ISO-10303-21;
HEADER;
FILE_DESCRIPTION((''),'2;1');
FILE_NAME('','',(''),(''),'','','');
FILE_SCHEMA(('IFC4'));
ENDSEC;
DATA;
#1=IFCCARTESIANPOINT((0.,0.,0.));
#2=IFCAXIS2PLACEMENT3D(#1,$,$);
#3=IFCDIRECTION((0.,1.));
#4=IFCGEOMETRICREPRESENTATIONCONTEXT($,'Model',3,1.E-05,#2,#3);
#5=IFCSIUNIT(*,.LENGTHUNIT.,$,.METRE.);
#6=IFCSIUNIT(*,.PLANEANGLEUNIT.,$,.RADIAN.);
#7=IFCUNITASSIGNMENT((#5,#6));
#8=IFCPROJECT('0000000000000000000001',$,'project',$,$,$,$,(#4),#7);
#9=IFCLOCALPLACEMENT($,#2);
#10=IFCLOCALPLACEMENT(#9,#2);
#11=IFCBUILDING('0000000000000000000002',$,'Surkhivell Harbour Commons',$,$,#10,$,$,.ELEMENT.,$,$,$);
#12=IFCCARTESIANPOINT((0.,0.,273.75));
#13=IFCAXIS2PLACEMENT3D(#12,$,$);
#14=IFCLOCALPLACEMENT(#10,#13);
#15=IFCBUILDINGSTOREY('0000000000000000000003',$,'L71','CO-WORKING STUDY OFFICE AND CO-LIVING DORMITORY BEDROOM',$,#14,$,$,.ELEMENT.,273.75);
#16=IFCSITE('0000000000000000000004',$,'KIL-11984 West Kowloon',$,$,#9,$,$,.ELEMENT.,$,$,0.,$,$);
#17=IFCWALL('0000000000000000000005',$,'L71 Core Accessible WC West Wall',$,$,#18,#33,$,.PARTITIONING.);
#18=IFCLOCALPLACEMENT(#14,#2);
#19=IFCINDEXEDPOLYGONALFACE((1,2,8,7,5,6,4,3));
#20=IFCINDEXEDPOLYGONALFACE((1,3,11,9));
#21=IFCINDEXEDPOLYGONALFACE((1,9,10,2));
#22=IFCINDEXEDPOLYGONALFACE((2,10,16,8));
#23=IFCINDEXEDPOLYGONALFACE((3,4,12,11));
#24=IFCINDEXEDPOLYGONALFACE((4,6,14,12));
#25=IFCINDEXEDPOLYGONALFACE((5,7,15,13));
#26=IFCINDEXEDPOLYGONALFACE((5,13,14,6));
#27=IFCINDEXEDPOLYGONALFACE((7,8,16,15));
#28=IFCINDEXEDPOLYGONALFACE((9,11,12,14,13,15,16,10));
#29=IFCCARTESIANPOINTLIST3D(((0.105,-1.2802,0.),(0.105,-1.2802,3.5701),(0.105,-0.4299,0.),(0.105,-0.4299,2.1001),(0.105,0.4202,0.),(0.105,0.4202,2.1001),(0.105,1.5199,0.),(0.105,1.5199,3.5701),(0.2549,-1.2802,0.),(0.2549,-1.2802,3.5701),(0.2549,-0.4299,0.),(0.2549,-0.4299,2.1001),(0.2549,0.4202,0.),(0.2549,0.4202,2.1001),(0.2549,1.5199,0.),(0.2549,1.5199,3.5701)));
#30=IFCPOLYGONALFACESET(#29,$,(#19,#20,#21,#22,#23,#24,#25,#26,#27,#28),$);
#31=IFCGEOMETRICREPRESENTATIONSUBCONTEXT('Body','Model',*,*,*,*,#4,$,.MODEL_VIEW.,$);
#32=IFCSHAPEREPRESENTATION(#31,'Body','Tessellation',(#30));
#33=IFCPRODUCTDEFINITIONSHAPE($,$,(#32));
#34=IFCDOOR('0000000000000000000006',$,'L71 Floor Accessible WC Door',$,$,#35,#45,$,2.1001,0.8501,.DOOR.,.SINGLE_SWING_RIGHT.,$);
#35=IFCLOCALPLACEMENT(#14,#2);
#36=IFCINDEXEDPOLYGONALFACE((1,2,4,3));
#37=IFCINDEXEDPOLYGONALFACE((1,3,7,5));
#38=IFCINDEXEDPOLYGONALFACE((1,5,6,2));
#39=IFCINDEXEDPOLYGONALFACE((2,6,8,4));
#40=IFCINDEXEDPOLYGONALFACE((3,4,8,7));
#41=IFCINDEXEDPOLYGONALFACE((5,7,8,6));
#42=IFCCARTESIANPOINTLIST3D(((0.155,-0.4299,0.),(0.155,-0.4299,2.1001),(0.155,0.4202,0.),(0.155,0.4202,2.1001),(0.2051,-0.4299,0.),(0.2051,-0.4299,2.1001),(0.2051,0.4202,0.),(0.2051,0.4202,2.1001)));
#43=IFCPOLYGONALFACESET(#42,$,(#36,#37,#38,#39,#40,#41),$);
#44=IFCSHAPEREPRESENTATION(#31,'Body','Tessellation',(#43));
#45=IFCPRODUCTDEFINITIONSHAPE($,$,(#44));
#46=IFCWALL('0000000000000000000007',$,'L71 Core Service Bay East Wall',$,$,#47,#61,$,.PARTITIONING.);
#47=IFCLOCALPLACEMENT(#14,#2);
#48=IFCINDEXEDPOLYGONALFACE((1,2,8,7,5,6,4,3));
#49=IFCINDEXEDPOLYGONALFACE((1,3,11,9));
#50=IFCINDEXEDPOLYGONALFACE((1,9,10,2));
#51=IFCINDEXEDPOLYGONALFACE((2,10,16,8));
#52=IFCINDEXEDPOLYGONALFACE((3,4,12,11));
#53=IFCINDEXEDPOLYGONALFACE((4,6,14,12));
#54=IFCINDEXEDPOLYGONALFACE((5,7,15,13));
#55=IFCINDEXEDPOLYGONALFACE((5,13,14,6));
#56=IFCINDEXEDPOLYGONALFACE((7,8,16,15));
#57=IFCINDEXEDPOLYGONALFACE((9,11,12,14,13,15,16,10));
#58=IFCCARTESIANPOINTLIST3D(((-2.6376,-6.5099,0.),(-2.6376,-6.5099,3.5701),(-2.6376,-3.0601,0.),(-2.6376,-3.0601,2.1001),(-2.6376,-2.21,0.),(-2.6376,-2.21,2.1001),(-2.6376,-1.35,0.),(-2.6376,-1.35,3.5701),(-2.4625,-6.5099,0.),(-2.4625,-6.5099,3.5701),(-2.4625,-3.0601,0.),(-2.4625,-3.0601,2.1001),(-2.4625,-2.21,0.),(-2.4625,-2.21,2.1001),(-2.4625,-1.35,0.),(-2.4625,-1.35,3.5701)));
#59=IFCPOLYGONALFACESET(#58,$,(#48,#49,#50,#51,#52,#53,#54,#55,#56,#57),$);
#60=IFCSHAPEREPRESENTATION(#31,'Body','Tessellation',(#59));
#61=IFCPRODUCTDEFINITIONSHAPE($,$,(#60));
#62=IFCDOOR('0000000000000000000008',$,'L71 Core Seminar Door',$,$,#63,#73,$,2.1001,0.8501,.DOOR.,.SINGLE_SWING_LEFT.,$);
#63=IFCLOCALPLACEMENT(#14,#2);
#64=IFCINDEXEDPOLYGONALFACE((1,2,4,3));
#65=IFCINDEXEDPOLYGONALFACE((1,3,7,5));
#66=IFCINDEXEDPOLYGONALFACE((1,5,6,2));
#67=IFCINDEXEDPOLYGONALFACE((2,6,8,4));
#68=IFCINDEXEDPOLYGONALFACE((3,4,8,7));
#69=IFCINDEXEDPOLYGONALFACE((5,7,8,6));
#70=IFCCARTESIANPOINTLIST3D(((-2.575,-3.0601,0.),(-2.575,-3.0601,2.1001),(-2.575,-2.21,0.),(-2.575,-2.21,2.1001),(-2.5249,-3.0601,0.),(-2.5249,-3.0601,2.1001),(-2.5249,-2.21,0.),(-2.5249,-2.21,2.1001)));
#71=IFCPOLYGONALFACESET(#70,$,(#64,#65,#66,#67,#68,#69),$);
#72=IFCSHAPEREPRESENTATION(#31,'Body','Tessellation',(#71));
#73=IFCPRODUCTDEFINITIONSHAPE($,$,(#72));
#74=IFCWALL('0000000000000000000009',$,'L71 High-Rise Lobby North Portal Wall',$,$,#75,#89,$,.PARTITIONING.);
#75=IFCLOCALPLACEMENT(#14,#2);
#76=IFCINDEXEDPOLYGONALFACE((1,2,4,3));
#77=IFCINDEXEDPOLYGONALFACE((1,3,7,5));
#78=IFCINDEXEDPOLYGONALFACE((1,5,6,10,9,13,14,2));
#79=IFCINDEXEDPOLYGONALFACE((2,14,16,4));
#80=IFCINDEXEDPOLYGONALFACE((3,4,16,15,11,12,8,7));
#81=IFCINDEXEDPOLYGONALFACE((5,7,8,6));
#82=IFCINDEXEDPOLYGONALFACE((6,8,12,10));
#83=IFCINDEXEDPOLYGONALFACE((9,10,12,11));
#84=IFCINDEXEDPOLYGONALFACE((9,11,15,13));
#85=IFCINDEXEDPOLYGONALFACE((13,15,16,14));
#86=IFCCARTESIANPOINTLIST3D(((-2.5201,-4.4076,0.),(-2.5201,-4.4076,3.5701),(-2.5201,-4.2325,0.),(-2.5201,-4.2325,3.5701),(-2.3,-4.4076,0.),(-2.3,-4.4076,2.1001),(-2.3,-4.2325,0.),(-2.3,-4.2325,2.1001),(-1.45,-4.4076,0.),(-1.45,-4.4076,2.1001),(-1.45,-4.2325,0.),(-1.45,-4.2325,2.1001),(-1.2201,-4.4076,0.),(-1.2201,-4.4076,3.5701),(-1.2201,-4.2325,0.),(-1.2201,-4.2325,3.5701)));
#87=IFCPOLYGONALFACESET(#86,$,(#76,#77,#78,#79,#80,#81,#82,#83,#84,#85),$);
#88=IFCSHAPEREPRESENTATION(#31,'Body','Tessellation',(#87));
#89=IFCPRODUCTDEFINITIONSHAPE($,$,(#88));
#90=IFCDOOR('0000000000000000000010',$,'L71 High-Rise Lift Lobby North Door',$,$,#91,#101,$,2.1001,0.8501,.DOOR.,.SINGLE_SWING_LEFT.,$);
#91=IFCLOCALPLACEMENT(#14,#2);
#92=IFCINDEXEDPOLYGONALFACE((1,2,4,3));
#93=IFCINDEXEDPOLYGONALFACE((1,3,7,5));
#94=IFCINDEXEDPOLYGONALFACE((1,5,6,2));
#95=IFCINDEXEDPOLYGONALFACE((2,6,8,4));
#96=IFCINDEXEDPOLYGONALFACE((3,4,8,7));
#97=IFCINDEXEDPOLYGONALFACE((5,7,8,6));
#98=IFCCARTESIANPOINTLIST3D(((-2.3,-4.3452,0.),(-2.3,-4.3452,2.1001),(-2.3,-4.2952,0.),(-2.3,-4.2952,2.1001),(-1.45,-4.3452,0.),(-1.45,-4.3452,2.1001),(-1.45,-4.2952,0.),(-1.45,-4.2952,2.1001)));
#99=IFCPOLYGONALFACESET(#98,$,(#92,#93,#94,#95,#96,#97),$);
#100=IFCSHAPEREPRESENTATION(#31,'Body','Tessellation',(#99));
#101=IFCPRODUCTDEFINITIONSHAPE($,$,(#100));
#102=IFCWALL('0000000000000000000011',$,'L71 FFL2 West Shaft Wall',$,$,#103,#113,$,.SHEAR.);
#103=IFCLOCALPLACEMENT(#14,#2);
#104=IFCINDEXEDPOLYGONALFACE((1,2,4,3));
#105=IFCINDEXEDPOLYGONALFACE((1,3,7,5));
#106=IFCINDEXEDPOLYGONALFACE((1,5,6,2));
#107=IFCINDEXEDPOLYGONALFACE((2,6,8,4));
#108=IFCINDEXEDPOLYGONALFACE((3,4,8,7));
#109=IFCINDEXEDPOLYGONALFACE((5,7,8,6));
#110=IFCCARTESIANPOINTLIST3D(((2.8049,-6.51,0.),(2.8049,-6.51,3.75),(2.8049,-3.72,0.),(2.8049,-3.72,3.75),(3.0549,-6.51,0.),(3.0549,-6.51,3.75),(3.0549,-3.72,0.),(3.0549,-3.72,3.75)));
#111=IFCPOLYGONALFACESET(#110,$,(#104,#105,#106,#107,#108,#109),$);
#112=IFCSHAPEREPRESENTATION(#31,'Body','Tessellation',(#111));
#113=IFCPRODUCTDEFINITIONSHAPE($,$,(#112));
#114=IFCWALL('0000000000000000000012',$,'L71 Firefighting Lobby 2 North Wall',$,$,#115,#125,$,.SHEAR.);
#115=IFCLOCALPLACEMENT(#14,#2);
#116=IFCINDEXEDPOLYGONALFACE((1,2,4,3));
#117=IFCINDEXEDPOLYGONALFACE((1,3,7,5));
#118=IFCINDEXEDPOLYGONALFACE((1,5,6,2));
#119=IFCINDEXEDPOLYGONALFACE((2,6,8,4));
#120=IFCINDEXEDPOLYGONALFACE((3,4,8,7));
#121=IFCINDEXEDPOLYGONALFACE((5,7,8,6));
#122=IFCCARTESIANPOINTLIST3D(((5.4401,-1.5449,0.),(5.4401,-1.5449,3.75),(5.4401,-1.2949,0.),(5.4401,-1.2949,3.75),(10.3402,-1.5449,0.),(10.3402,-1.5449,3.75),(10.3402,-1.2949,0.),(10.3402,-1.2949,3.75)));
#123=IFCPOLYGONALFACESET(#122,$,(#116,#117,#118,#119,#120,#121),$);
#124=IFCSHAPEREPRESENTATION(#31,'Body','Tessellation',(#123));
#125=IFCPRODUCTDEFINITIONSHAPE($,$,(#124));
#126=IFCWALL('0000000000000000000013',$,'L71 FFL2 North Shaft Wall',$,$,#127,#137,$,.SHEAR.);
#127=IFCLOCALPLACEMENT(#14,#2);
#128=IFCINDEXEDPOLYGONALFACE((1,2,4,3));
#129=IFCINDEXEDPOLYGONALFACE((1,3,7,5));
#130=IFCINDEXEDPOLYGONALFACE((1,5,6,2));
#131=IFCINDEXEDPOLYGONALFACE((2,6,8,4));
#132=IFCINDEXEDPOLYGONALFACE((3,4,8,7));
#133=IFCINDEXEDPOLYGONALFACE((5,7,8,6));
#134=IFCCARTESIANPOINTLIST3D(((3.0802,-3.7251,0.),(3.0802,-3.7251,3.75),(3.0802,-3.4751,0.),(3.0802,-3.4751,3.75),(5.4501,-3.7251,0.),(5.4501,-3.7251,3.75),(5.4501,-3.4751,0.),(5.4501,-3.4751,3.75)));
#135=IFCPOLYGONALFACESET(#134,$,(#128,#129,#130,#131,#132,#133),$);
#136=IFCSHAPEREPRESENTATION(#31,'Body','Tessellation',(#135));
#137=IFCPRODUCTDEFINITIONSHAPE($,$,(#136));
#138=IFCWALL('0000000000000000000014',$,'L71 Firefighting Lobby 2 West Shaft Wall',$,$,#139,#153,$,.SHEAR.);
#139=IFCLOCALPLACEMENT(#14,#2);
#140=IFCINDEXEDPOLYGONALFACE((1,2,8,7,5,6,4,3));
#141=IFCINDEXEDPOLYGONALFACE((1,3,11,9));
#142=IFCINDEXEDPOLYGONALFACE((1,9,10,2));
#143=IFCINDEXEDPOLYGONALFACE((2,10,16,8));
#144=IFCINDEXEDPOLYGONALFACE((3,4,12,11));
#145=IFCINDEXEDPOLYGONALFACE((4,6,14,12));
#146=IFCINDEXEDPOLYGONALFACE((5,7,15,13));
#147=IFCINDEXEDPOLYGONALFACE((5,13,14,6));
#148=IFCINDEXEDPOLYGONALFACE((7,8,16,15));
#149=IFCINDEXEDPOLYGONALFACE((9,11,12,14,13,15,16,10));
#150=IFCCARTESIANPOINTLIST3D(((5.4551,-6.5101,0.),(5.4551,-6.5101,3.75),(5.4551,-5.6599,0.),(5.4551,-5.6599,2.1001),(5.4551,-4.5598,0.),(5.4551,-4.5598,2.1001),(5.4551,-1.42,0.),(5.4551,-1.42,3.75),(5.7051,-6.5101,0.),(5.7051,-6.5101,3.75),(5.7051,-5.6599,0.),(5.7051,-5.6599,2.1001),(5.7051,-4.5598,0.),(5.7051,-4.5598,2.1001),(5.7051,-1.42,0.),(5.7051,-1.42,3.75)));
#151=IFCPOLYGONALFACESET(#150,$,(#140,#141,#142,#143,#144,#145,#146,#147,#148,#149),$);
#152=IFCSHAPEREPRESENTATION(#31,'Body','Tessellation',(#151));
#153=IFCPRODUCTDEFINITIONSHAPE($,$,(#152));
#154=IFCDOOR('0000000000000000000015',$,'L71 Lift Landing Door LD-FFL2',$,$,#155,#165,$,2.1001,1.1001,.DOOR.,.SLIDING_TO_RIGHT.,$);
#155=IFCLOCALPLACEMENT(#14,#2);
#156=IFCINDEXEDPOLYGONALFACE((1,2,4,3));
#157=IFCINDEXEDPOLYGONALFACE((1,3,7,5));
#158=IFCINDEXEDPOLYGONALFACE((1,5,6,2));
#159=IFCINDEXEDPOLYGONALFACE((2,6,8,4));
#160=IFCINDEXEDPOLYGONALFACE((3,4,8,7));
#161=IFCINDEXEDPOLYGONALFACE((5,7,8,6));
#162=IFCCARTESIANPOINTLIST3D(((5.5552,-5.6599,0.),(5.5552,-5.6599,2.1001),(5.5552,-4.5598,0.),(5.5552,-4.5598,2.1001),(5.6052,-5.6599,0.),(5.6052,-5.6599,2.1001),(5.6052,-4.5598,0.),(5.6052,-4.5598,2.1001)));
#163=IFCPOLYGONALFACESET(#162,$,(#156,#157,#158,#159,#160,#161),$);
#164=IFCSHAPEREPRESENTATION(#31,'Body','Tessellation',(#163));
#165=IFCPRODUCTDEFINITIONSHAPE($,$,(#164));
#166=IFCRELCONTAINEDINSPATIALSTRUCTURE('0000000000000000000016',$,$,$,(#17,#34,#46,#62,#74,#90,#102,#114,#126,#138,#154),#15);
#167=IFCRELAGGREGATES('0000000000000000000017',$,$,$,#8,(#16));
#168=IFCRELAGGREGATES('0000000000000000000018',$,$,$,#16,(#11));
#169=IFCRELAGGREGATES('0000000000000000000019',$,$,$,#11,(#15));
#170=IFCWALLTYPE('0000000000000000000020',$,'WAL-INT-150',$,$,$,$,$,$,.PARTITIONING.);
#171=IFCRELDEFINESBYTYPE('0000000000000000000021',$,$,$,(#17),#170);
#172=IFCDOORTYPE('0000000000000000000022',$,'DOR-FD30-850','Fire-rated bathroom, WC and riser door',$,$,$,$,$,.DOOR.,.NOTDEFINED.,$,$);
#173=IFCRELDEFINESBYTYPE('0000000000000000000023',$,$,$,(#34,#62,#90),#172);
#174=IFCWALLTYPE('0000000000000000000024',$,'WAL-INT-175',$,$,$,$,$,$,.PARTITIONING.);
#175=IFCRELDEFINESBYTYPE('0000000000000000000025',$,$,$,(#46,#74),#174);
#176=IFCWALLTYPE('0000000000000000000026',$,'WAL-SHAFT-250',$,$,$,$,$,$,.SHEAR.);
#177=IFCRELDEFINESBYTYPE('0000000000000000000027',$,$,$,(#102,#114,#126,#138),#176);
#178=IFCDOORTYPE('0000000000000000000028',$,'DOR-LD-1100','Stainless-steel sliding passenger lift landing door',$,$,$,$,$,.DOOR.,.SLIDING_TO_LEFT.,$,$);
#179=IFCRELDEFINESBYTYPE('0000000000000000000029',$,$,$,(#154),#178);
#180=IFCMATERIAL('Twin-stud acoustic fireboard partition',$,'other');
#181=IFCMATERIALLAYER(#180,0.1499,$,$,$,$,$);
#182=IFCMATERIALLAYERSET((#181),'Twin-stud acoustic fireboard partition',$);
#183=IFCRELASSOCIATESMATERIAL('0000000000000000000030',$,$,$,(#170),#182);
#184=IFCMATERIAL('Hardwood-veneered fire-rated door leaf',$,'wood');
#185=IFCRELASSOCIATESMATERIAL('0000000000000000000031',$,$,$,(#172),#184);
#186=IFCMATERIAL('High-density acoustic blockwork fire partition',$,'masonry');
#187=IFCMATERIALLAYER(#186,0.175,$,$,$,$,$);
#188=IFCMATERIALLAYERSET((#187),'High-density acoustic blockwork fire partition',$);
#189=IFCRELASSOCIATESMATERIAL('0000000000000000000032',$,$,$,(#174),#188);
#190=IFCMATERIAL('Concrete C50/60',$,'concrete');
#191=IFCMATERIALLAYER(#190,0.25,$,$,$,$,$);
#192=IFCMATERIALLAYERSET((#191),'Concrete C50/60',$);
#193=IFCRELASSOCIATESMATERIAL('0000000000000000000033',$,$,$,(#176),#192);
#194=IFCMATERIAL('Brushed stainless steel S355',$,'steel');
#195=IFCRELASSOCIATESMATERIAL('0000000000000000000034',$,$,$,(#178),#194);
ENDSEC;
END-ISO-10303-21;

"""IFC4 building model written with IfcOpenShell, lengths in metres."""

from ifc_helpers import new_model, si_unit, direction, frame, frame_2d, origin, place, context, subcontext, project, spatial, rectangle, extrude, material, layer, layer_set, type_object, element, fill, save


model = new_model("IFC4")

# Units and contexts
model_context = context("Model", 3, precision=1e-05, world=origin(), true_north=direction((0.0, 1.0)))
body_context = subcontext(model_context, "Body", "Model", "MODEL_VIEW")
ifc_project = project(units=[si_unit("LENGTHUNIT", "METRE"), si_unit("PLANEANGLEUNIT", "RADIAN")], contexts=[model_context])

# Site, building, storey
site_placement = place(None, origin())
site = spatial("IfcSite", under=ifc_project, at=site_placement, Name="KIL-11984 West Kowloon", CompositionType="ELEMENT", RefElevation=0.0)
building_placement = place(site_placement, origin())
building = spatial("IfcBuilding", under=site, at=building_placement, Name="Surkhivell Harbour Commons", CompositionType="ELEMENT")
storey_placement = place(building_placement, frame((0.0, 0.0, 273.75)))
storey = spatial("IfcBuildingStorey", under=building, at=storey_placement, Name="L71", Description="CO-WORKING STUDY OFFICE AND CO-LIVING DORMITORY BEDROOM", CompositionType="ELEMENT", Elevation=273.75)

# Shared definitions
ifc_material_1 = material(Name="Twin-stud acoustic fireboard partition", Category="other")
ifc_layer_1 = layer(ifc_material_1, 0.1499)
ifc_layer_set_1 = layer_set([ifc_layer_1], Name="Twin-stud acoustic fireboard partition")
wall_type_1 = type_object("IfcWallType", Name="WAL-INT-150", PredefinedType="PARTITIONING", material=ifc_layer_set_1)

# Walls, openings, doors
wall_1_placement = place(storey_placement, frame((0.1799, -1.28, 0.0), z_axis=(0.0, 0.0, 1.0), x_axis=(0.0, 1.0, 0.0)))
wall_1 = element("IfcWall", 1, at=wall_1_placement, inside=storey, type_object=wall_type_1, Name="L71 Core Accessible WC West Wall", PredefinedType="PARTITIONING", context=body_context, shape_type="SweptSolid", body=[
    extrude(rectangle(XDim=2.8, YDim=0.1499, at=frame_2d((1.3999, 0.0))), origin(), (0.0, 0.0, 1.0), 3.5701),
])
opening_1_placement = place(wall_1_placement, frame((0.8501, 0.0, 0.0)))
opening_1 = element("IfcOpeningElement", 2, at=opening_1_placement, cuts=wall_1, PredefinedType="OPENING", context=body_context, shape_type="SweptSolid", body=[
    extrude(rectangle(XDim=0.8501, YDim=2.1001, at=frame_2d((0.425, 1.05))), frame((0.0, 0.085, 0.0), z_axis=(0.0, -1.0, 0.0), x_axis=(1.0, 0.0, 0.0)), (0.0, 0.0, 1.0), 0.1699),
])
ifc_material_2 = material(Name="Hardwood-veneered fire-rated door leaf", Category="wood")
door_type_1 = type_object("IfcDoorType", Name="DOR-FD30-850", Description="Fire-rated bathroom, WC and riser door", OperationType="NOTDEFINED", PredefinedType="DOOR", material=ifc_material_2)
door_1_placement = place(opening_1_placement, origin())
door_1 = element("IfcDoor", 3, at=door_1_placement, inside=storey, type_object=door_type_1, Name="L71 Floor Accessible WC Door", OperationType="SINGLE_SWING_RIGHT", OverallHeight=2.1001, OverallWidth=0.8501, PredefinedType="DOOR", context=body_context, shape_type="SweptSolid", body=[
    extrude(rectangle(XDim=0.8501, YDim=2.1001, at=frame_2d((0.425, 1.05))), frame((0.0, 0.0249, 0.0), z_axis=(0.0, -1.0, 0.0), x_axis=(1.0, 0.0, 0.0)), (0.0, 0.0, 1.0), 0.05),
])
fill(opening_1, door_1)
ifc_material_3 = material(Name="High-density acoustic blockwork fire partition", Category="masonry")
ifc_layer_2 = layer(ifc_material_3, 0.175)
ifc_layer_set_2 = layer_set([ifc_layer_2], Name="High-density acoustic blockwork fire partition")
wall_type_2 = type_object("IfcWallType", Name="WAL-INT-175", PredefinedType="PARTITIONING", material=ifc_layer_set_2)
wall_2_placement = place(storey_placement, frame((-2.55, -6.51, 0.0), z_axis=(0.0, 0.0, 1.0), x_axis=(0.0, 1.0, 0.0)))
wall_2 = element("IfcWall", 4, at=wall_2_placement, inside=storey, type_object=wall_type_2, Name="L71 Core Service Bay East Wall", PredefinedType="PARTITIONING", context=body_context, shape_type="SweptSolid", body=[
    extrude(rectangle(XDim=5.1599, YDim=0.175, at=frame_2d((2.5801, 0.0))), origin(), (0.0, 0.0, 1.0), 3.5701),
])
opening_2_placement = place(wall_2_placement, frame((3.45, 0.0, 0.0)))
opening_2 = element("IfcOpeningElement", 5, at=opening_2_placement, cuts=wall_2, PredefinedType="OPENING", context=body_context, shape_type="SweptSolid", body=[
    extrude(rectangle(XDim=0.8501, YDim=2.1001, at=frame_2d((0.425, 1.05))), frame((0.0, 0.0974, 0.0), z_axis=(0.0, -1.0, 0.0), x_axis=(1.0, 0.0, 0.0)), (0.0, 0.0, 1.0), 0.1951),
])
door_2_placement = place(opening_2_placement, origin())
door_2 = element("IfcDoor", 6, at=door_2_placement, inside=storey, type_object=door_type_1, Name="L71 Core Seminar Door", OperationType="SINGLE_SWING_LEFT", OverallHeight=2.1001, OverallWidth=0.8501, PredefinedType="DOOR", context=body_context, shape_type="SweptSolid", body=[
    extrude(rectangle(XDim=0.8501, YDim=2.1001, at=frame_2d((0.425, 1.05))), frame((0.0, 0.0249, 0.0), z_axis=(0.0, -1.0, 0.0), x_axis=(1.0, 0.0, 0.0)), (0.0, 0.0, 1.0), 0.05),
])
fill(opening_2, door_2)
wall_3_placement = place(storey_placement, frame((-2.52, -4.3201, 0.0), z_axis=(0.0, 0.0, 1.0), x_axis=(1.0, 0.0, 0.0)))
wall_3 = element("IfcWall", 7, at=wall_3_placement, inside=storey, type_object=wall_type_2, Name="L71 High-Rise Lobby North Portal Wall", PredefinedType="PARTITIONING", context=body_context, shape_type="SweptSolid", body=[
    extrude(rectangle(XDim=1.3, YDim=0.175, at=frame_2d((0.6499, 0.0))), origin(), (0.0, 0.0, 1.0), 3.5701),
])
opening_3_placement = place(wall_3_placement, frame((0.22, 0.0, 0.0)))
opening_3 = element("IfcOpeningElement", 8, at=opening_3_placement, cuts=wall_3, PredefinedType="OPENING", context=body_context, shape_type="SweptSolid", body=[
    extrude(rectangle(XDim=0.8501, YDim=2.1001, at=frame_2d((0.425, 1.05))), frame((0.0, 0.0974, 0.0), z_axis=(0.0, -1.0, 0.0), x_axis=(1.0, 0.0, 0.0)), (0.0, 0.0, 1.0), 0.1951),
])
door_3_placement = place(opening_3_placement, origin())
door_3 = element("IfcDoor", 9, at=door_3_placement, inside=storey, type_object=door_type_1, Name="L71 High-Rise Lift Lobby North Door", OperationType="SINGLE_SWING_LEFT", OverallHeight=2.1001, OverallWidth=0.8501, PredefinedType="DOOR", context=body_context, shape_type="SweptSolid", body=[
    extrude(rectangle(XDim=0.8501, YDim=2.1001, at=frame_2d((0.425, 1.05))), frame((0.0, 0.0249, 0.0), z_axis=(0.0, -1.0, 0.0), x_axis=(1.0, 0.0, 0.0)), (0.0, 0.0, 1.0), 0.05),
])
fill(opening_3, door_3)

# Walls
ifc_material_4 = material(Name="Concrete C50/60", Category="concrete")
ifc_layer_3 = layer(ifc_material_4, 0.25)
ifc_layer_set_3 = layer_set([ifc_layer_3], Name="Concrete C50/60")
wall_type_3 = type_object("IfcWallType", Name="WAL-SHAFT-250", PredefinedType="SHEAR", material=ifc_layer_set_3)
wall_4_placement = place(storey_placement, frame((2.9299, -6.51, 0.0), z_axis=(0.0, 0.0, 1.0), x_axis=(0.0, 1.0, 0.0)))
element("IfcWall", 10, at=wall_4_placement, inside=storey, type_object=wall_type_3, Name="L71 FFL2 West Shaft Wall", PredefinedType="SHEAR", context=body_context, shape_type="SweptSolid", body=[
    extrude(rectangle(XDim=2.79, YDim=0.25, at=frame_2d((1.395, 0.0))), origin(), (0.0, 0.0, 1.0), 3.75),
])
wall_5_placement = place(storey_placement, frame((5.4399, -1.4199, 0.0), z_axis=(0.0, 0.0, 1.0), x_axis=(1.0, 0.0, 0.0)))
element("IfcWall", 11, at=wall_5_placement, inside=storey, type_object=wall_type_3, Name="L71 Firefighting Lobby 2 North Wall", PredefinedType="SHEAR", context=body_context, shape_type="SweptSolid", body=[
    extrude(rectangle(XDim=4.9001, YDim=0.25, at=frame_2d((2.4502, 0.0))), origin(), (0.0, 0.0, 1.0), 3.75),
])
wall_6_placement = place(storey_placement, frame((3.0801, -3.6001, 0.0), z_axis=(0.0, 0.0, 1.0), x_axis=(1.0, 0.0, 0.0)))
element("IfcWall", 12, at=wall_6_placement, inside=storey, type_object=wall_type_3, Name="L71 FFL2 North Shaft Wall", PredefinedType="SHEAR", context=body_context, shape_type="SweptSolid", body=[
    extrude(rectangle(XDim=2.3699, YDim=0.25, at=frame_2d((1.1851, 0.0))), origin(), (0.0, 0.0, 1.0), 3.75),
])

# Wall, opening, door
wall_7_placement = place(storey_placement, frame((5.5801, -6.51, 0.0), z_axis=(0.0, 0.0, 1.0), x_axis=(0.0, 1.0, 0.0)))
wall_7 = element("IfcWall", 13, at=wall_7_placement, inside=storey, type_object=wall_type_3, Name="L71 Firefighting Lobby 2 West Shaft Wall", PredefinedType="SHEAR", context=body_context, shape_type="SweptSolid", body=[
    extrude(rectangle(XDim=5.0901, YDim=0.25, at=frame_2d((2.5449, 0.0))), origin(), (0.0, 0.0, 1.0), 3.75),
])
opening_4_placement = place(wall_7_placement, frame((0.8501, 0.0, 0.0)))
opening_4 = element("IfcOpeningElement", 14, at=opening_4_placement, cuts=wall_7, PredefinedType="OPENING", context=body_context, shape_type="SweptSolid", body=[
    extrude(rectangle(XDim=1.1001, YDim=2.1001, at=frame_2d((0.55, 1.05))), frame((0.0, 0.135, 0.0), z_axis=(0.0, -1.0, 0.0), x_axis=(1.0, 0.0, 0.0)), (0.0, 0.0, 1.0), 0.27),
])
ifc_material_5 = material(Name="Brushed stainless steel S355", Category="steel")
door_type_2 = type_object("IfcDoorType", Name="DOR-LD-1100", Description="Stainless-steel sliding passenger lift landing door", OperationType="SLIDING_TO_LEFT", PredefinedType="DOOR", material=ifc_material_5)
door_4_placement = place(opening_4_placement, origin())
door_4 = element("IfcDoor", 15, at=door_4_placement, inside=storey, type_object=door_type_2, Name="L71 Lift Landing Door LD-FFL2", OperationType="SLIDING_TO_RIGHT", OverallHeight=2.1001, OverallWidth=1.1001, PredefinedType="DOOR", context=body_context, shape_type="SweptSolid", body=[
    extrude(rectangle(XDim=1.1001, YDim=2.1001, at=frame_2d((0.55, 1.05))), frame((0.0, 0.0249, 0.0), z_axis=(0.0, -1.0, 0.0), x_axis=(1.0, 0.0, 0.0)), (0.0, 0.0, 1.0), 0.05),
])
fill(opening_4, door_4)

save(model, "model.ifc")
